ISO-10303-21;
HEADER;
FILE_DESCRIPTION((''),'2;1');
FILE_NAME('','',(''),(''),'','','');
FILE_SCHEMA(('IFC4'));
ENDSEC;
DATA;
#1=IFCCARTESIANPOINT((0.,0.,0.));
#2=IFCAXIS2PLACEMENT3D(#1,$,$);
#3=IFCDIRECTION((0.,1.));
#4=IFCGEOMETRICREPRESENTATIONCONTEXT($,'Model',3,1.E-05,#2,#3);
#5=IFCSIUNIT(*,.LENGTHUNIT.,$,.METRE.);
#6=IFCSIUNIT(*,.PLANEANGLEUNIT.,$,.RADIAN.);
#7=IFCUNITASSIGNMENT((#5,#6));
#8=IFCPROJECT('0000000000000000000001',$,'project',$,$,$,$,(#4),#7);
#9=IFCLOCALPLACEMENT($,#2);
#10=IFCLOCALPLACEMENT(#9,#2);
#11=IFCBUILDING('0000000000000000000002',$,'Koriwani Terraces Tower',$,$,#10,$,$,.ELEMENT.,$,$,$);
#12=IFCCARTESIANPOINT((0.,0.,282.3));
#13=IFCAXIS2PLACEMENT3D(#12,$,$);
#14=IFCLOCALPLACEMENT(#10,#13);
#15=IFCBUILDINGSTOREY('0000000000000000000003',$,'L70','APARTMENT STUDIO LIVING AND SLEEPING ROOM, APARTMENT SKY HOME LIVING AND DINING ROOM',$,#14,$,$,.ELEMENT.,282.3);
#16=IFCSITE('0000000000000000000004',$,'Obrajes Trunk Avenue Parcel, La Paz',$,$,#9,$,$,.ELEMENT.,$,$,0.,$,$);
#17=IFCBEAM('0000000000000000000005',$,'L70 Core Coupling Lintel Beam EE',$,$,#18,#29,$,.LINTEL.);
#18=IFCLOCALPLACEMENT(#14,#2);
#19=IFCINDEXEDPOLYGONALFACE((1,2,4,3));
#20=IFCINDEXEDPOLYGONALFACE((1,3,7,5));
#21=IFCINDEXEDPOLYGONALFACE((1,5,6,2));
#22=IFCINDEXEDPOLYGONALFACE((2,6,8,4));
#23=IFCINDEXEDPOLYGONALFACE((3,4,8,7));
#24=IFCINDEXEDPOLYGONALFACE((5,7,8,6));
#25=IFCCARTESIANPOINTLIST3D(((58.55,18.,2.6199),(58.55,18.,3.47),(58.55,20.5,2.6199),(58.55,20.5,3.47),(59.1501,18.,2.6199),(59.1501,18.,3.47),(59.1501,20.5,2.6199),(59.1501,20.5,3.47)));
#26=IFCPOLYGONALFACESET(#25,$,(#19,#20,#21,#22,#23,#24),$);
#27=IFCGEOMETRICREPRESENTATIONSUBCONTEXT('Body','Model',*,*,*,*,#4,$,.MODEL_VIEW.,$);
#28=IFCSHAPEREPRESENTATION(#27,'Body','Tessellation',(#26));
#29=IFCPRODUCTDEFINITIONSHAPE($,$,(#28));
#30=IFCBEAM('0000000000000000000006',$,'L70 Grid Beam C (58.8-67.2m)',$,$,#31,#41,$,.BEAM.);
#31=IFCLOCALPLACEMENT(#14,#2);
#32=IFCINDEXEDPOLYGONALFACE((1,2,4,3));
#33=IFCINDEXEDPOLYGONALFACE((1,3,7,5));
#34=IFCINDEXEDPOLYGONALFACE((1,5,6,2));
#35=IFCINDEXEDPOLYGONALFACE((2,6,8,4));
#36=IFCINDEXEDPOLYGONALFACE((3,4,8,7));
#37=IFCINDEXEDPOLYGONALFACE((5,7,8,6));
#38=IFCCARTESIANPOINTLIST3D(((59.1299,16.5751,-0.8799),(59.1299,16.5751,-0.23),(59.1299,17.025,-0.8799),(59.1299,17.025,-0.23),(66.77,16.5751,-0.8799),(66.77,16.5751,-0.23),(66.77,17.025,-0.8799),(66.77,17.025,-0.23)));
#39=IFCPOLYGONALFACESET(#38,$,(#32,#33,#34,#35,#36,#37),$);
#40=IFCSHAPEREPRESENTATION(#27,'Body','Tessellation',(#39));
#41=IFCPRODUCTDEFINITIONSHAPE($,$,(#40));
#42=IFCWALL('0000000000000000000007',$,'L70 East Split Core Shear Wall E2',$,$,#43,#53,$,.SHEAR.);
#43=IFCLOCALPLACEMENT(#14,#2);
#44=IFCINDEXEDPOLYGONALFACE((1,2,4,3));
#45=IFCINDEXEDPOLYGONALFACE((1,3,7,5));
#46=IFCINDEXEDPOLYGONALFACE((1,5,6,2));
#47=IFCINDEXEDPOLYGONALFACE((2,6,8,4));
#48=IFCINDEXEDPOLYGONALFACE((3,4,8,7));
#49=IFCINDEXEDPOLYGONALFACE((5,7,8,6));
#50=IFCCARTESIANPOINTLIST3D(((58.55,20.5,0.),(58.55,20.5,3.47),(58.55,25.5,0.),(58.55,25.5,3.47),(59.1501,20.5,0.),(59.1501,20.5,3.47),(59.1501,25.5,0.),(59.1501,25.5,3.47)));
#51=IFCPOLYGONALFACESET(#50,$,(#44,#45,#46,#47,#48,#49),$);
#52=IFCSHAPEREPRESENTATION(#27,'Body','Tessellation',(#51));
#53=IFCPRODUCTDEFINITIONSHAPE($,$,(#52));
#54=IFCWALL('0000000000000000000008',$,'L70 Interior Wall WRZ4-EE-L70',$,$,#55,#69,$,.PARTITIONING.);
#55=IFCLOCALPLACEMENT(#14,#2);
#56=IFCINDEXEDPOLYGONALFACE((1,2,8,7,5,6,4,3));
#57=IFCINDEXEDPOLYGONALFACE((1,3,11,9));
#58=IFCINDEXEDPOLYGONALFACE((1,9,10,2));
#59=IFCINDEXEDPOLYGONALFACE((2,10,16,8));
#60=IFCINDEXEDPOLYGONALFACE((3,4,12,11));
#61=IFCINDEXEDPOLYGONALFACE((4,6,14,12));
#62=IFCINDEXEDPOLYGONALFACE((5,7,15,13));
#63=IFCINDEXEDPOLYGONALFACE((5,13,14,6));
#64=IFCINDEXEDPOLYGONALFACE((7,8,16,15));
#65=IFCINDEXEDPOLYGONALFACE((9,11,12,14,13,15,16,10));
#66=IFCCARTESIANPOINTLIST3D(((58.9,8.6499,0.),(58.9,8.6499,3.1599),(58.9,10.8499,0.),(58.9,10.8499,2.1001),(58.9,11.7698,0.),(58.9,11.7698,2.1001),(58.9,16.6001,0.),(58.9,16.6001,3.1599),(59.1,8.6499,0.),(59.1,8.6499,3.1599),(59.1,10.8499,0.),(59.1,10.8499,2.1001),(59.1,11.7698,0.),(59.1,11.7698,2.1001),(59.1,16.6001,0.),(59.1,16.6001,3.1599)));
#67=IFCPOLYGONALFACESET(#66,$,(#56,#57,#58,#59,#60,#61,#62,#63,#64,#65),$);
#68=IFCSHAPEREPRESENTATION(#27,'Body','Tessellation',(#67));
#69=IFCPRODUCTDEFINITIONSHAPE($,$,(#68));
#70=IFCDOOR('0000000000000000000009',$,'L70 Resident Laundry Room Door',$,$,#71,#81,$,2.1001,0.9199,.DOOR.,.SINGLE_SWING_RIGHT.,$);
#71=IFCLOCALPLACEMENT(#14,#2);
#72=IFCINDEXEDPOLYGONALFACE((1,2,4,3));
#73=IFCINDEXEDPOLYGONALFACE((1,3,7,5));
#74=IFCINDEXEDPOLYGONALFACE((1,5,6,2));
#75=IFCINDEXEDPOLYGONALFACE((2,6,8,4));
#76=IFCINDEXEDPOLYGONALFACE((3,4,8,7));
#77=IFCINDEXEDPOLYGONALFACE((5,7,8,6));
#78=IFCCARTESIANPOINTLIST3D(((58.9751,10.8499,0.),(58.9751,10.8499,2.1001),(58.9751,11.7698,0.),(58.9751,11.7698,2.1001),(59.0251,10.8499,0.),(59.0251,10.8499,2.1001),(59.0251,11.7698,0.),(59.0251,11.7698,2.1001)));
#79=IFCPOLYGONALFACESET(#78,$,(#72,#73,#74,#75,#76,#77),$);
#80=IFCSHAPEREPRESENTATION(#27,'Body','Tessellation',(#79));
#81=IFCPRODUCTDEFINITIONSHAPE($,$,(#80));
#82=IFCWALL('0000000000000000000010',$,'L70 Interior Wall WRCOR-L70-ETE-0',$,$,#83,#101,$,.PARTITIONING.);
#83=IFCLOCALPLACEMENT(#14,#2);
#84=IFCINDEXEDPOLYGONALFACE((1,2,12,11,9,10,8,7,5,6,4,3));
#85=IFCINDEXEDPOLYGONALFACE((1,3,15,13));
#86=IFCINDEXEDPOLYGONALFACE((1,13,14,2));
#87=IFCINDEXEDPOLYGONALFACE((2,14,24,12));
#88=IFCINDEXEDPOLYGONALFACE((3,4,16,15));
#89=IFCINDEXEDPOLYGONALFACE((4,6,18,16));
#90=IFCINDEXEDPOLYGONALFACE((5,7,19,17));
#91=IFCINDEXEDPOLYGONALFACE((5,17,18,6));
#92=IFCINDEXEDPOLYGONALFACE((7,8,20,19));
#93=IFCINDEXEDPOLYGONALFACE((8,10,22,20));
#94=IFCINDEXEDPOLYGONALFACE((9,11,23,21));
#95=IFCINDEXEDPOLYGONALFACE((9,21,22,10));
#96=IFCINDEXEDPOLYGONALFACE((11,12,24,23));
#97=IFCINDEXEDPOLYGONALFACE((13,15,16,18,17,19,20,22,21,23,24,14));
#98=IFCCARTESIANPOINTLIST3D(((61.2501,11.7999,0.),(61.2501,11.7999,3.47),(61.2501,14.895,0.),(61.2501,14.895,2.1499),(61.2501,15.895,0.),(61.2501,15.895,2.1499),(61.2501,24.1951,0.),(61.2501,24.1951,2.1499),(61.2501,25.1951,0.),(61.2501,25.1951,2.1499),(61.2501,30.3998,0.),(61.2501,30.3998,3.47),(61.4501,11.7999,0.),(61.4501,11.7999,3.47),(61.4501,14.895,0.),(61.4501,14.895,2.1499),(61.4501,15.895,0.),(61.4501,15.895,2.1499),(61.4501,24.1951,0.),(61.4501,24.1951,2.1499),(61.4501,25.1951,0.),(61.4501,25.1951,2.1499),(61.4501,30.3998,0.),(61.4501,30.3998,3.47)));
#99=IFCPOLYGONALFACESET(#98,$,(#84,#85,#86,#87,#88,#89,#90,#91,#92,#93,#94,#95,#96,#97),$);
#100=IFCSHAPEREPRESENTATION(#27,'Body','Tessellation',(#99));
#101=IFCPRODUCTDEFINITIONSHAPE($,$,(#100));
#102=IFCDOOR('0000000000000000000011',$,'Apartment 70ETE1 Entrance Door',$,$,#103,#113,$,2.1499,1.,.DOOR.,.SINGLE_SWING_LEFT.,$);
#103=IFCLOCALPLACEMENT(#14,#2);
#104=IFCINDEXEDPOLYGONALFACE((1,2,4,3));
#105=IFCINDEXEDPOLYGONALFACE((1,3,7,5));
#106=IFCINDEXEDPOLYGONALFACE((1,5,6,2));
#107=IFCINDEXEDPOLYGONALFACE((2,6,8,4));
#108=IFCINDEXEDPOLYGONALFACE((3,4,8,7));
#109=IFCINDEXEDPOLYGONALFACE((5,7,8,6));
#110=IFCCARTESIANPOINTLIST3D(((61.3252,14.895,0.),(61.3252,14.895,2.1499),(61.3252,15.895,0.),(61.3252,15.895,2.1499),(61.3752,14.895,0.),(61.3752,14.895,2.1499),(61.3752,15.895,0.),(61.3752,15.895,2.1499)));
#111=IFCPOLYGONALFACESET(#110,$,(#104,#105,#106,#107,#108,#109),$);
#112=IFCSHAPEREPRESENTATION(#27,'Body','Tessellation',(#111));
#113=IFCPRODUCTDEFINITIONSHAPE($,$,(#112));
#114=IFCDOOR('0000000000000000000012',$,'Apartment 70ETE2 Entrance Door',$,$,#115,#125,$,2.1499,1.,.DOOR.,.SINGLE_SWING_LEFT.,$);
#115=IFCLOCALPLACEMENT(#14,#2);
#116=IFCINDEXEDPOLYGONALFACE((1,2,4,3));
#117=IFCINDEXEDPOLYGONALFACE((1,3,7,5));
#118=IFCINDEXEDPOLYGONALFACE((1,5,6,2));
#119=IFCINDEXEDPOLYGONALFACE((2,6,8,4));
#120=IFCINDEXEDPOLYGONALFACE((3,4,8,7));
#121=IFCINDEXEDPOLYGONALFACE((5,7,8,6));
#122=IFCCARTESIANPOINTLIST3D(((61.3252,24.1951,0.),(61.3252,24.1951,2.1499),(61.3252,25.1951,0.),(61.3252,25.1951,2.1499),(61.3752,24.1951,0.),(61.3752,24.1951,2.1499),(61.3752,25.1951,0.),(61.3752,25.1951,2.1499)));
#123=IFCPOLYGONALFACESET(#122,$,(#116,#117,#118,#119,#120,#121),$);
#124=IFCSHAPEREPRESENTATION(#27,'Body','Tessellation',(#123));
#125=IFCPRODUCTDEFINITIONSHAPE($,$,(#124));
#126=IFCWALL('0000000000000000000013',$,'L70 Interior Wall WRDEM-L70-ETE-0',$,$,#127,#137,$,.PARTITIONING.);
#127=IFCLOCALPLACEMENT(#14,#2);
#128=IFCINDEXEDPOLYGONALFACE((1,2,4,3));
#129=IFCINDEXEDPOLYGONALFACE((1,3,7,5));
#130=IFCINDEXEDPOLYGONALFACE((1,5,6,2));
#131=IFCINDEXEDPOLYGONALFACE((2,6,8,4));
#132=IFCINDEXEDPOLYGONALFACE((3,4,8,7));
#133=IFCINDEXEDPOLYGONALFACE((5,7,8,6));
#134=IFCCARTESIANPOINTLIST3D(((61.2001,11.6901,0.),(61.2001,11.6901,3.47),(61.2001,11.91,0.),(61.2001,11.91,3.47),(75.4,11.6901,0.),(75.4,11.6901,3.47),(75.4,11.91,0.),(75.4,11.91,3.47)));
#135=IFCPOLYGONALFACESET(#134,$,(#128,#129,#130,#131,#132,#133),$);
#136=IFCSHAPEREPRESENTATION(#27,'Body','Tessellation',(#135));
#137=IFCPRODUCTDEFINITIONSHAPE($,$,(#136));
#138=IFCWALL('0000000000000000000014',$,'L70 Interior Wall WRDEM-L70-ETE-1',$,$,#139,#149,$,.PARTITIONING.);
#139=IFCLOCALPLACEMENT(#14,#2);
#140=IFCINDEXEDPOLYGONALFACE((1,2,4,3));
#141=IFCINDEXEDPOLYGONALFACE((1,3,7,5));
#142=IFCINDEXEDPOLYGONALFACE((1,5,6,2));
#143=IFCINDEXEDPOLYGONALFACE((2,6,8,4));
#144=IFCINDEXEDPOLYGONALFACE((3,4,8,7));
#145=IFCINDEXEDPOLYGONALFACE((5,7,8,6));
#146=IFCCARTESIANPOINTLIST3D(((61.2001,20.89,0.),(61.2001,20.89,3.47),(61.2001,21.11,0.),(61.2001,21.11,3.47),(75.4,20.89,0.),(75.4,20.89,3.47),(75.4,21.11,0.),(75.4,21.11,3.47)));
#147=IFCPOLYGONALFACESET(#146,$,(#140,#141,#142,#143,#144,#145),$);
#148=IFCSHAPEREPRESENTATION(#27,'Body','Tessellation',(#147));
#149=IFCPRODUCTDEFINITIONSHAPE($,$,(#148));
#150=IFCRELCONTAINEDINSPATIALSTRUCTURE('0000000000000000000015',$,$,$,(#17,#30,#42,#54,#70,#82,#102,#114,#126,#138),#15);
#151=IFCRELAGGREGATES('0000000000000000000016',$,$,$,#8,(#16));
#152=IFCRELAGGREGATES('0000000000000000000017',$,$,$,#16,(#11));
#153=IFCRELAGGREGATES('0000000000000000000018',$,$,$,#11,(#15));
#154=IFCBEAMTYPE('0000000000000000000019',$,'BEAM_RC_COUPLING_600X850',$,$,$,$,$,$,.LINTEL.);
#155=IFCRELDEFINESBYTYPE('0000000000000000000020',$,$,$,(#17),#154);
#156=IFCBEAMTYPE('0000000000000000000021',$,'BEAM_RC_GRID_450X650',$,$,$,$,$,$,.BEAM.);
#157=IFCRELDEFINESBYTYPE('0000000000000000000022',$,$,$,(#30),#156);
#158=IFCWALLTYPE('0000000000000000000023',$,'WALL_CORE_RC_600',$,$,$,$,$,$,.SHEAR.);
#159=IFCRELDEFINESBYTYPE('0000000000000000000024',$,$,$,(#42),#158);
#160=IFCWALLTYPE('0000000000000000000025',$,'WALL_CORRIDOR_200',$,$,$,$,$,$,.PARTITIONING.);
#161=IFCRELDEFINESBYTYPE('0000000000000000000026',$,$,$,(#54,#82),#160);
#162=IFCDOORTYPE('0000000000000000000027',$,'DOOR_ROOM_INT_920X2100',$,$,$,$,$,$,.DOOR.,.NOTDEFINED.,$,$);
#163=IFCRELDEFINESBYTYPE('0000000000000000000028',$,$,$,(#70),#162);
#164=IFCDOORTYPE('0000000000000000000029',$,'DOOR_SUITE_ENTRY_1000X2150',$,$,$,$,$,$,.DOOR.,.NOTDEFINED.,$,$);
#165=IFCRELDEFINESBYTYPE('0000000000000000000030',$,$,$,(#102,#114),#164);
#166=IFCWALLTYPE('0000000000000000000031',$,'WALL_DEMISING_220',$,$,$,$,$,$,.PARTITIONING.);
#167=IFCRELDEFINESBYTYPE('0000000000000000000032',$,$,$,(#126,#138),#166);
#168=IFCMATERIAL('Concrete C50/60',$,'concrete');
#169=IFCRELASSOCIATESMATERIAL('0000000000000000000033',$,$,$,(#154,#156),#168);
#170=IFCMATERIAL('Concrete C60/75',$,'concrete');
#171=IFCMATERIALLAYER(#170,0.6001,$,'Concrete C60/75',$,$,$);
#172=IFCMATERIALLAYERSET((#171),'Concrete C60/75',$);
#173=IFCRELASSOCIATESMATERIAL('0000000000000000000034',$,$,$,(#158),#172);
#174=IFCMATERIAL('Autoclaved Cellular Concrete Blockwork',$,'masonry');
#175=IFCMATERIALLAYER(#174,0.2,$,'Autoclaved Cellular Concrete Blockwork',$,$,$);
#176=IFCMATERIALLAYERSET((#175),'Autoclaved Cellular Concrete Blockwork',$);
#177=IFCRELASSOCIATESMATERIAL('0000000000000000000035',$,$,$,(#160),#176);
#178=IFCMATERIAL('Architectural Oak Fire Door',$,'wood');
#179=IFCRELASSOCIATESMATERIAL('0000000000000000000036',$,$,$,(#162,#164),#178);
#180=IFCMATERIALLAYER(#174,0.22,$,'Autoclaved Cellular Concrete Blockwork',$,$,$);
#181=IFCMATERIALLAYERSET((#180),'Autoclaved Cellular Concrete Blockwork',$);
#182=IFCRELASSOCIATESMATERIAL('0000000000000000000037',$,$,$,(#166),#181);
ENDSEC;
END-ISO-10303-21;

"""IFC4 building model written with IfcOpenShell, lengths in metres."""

from ifc_helpers import new_model, si_unit, direction, frame, frame_2d, origin, origin_2d, place, context, subcontext, project, spatial, rectangle, extrude, material, layer, layer_set, material_profile, profile_set, type_object, element, fill, save


model = new_model("IFC4")

# Units and contexts
model_context = context("Model", 3, precision=1e-05, world=origin(), true_north=direction((0.0, 1.0)))
body_context = subcontext(model_context, "Body", "Model", "MODEL_VIEW")
ifc_project = project(units=[si_unit("LENGTHUNIT", "METRE"), si_unit("PLANEANGLEUNIT", "RADIAN")], contexts=[model_context])

# Site, building, storey
site_placement = place(None, origin())
site = spatial("IfcSite", under=ifc_project, at=site_placement, Name="Obrajes Trunk Avenue Parcel, La Paz", CompositionType="ELEMENT", RefElevation=0.0)
building_placement = place(site_placement, origin())
building = spatial("IfcBuilding", under=site, at=building_placement, Name="Koriwani Terraces Tower", CompositionType="ELEMENT")
storey_placement = place(building_placement, frame((0.0, 0.0, 282.3)))
storey = spatial("IfcBuildingStorey", under=building, at=storey_placement, Name="L70", Description="APARTMENT STUDIO LIVING AND SLEEPING ROOM, APARTMENT SKY HOME LIVING AND DINING ROOM", CompositionType="ELEMENT", Elevation=282.3)

# Beams
ifc_material_1 = material(Name="Concrete C50/60", Category="concrete")
ifc_material_profile_1 = material_profile(ifc_material_1, rectangle(XDim=0.6001, YDim=0.8501, at=origin_2d()), Name="Concrete C50/60", Category="LoadBearing")
ifc_profile_set_1 = profile_set([ifc_material_profile_1], Name="Concrete C50/60")
beam_type_1 = type_object("IfcBeamType", Name="BEAM_RC_COUPLING_600X850", PredefinedType="LINTEL", material=ifc_profile_set_1)
beam_1_placement = place(storey_placement, frame((58.8501, 18.0, 3.0449), z_axis=(0.0, 1.0, 0.0), x_axis=(-1.0, 0.0, 0.0)))
element("IfcBeam", 1, at=beam_1_placement, inside=storey, type_object=beam_type_1, Name="L70 Core Coupling Lintel Beam EE", PredefinedType="LINTEL", context=body_context, shape_type="SweptSolid", body=[
    extrude(rectangle(XDim=0.6001, YDim=0.8501, at=origin_2d()), origin(), (0.0, 0.0, 1.0), 2.5),
])
ifc_material_profile_2 = material_profile(ifc_material_1, rectangle(XDim=0.45, YDim=0.6499, at=origin_2d()), Name="Concrete C50/60", Category="LoadBearing")
ifc_profile_set_2 = profile_set([ifc_material_profile_2], Name="Concrete C50/60")
beam_type_2 = type_object("IfcBeamType", Name="BEAM_RC_GRID_450X650", PredefinedType="BEAM", material=ifc_profile_set_2)
beam_2_placement = place(storey_placement, frame((59.1299, 16.8, -0.5549), z_axis=(1.0, 0.0, 0.0), x_axis=(0.0, 1.0, 0.0)))
element("IfcBeam", 2, at=beam_2_placement, inside=storey, type_object=beam_type_2, Name="L70 Grid Beam C (58.8-67.2m)", PredefinedType="BEAM", context=body_context, shape_type="SweptSolid", body=[
    extrude(rectangle(XDim=0.45, YDim=0.6499, at=origin_2d()), origin(), (0.0, 0.0, 1.0), 7.6401),
])

# Wall
ifc_material_2 = material(Name="Concrete C60/75", Category="concrete")
ifc_layer_1 = layer(ifc_material_2, 0.6001, Name="Concrete C60/75")
ifc_layer_set_1 = layer_set([ifc_layer_1], Name="Concrete C60/75")
wall_type_1 = type_object("IfcWallType", Name="WALL_CORE_RC_600", PredefinedType="SHEAR", material=ifc_layer_set_1)
wall_1_placement = place(storey_placement, frame((58.8501, 20.5, 0.0), z_axis=(0.0, 0.0, 1.0), x_axis=(0.0, 1.0, 0.0)))
element("IfcWall", 3, at=wall_1_placement, inside=storey, type_object=wall_type_1, Name="L70 East Split Core Shear Wall E2", PredefinedType="SHEAR", context=body_context, shape_type="SweptSolid", body=[
    extrude(rectangle(XDim=5.0, YDim=0.6001, at=frame_2d((2.5, 0.0))), origin(), (0.0, 0.0, 1.0), 3.47),
])

# Wall, opening, door
ifc_material_3 = material(Name="Autoclaved Cellular Concrete Blockwork", Category="masonry")
ifc_layer_2 = layer(ifc_material_3, 0.2, Name="Autoclaved Cellular Concrete Blockwork")
ifc_layer_set_2 = layer_set([ifc_layer_2], Name="Autoclaved Cellular Concrete Blockwork")
wall_type_2 = type_object("IfcWallType", Name="WALL_CORRIDOR_200", PredefinedType="PARTITIONING", material=ifc_layer_set_2)
wall_2_placement = place(storey_placement, frame((59.0, 8.6499, 0.0), z_axis=(0.0, 0.0, 1.0), x_axis=(0.0, 1.0, 0.0)))
wall_2 = element("IfcWall", 4, at=wall_2_placement, inside=storey, type_object=wall_type_2, Name="L70 Interior Wall WRZ4-EE-L70", PredefinedType="PARTITIONING", context=body_context, shape_type="SweptSolid", body=[
    extrude(rectangle(XDim=7.9502, YDim=0.2, at=frame_2d((3.9751, 0.0))), origin(), (0.0, 0.0, 1.0), 3.1599),
])
opening_1_placement = place(wall_2_placement, frame((2.2, 0.0, 0.0)))
opening_1 = element("IfcOpeningElement", 5, at=opening_1_placement, cuts=wall_2, PredefinedType="OPENING", context=body_context, shape_type="SweptSolid", body=[
    extrude(rectangle(XDim=0.9199, YDim=2.1001, at=frame_2d((0.46, 1.05))), frame((0.0, 0.1099, 0.0), z_axis=(0.0, -1.0, 0.0), x_axis=(1.0, 0.0, 0.0)), (0.0, 0.0, 1.0), 0.22),
])
ifc_material_4 = material(Name="Architectural Oak Fire Door", Category="wood")
door_type_1 = type_object("IfcDoorType", Name="DOOR_ROOM_INT_920X2100", OperationType="NOTDEFINED", PredefinedType="DOOR", material=ifc_material_4)
door_1_placement = place(opening_1_placement, origin())
door_1 = element("IfcDoor", 6, at=door_1_placement, inside=storey, type_object=door_type_1, Name="L70 Resident Laundry Room Door", OperationType="SINGLE_SWING_RIGHT", OverallHeight=2.1001, OverallWidth=0.9199, PredefinedType="DOOR", context=body_context, shape_type="SweptSolid", body=[
    extrude(rectangle(XDim=0.9199, YDim=2.1001, at=frame_2d((0.46, 1.05))), frame((0.0, 0.0249, 0.0), z_axis=(0.0, -1.0, 0.0), x_axis=(1.0, 0.0, 0.0)), (0.0, 0.0, 1.0), 0.05),
])
fill(opening_1, door_1)

# Wall, openings, doors
wall_3_placement = place(storey_placement, frame((61.3501, 11.8, 0.0), z_axis=(0.0, 0.0, 1.0), x_axis=(0.0, 1.0, 0.0)))
wall_3 = element("IfcWall", 7, at=wall_3_placement, inside=storey, type_object=wall_type_2, Name="L70 Interior Wall WRCOR-L70-ETE-0", PredefinedType="PARTITIONING", context=body_context, shape_type="SweptSolid", body=[
    extrude(rectangle(XDim=18.5999, YDim=0.2, at=frame_2d((9.2998, 0.0))), origin(), (0.0, 0.0, 1.0), 3.47),
])
opening_2_placement = place(wall_3_placement, frame((3.095, 0.0, 0.0)))
opening_2 = element("IfcOpeningElement", 8, at=opening_2_placement, cuts=wall_3, PredefinedType="OPENING", context=body_context, shape_type="SweptSolid", body=[
    extrude(rectangle(XDim=1.0, YDim=2.1499, at=frame_2d((0.5, 1.075))), frame((0.0, 0.1099, 0.0), z_axis=(0.0, -1.0, 0.0), x_axis=(1.0, 0.0, 0.0)), (0.0, 0.0, 1.0), 0.22),
])
opening_3_placement = place(wall_3_placement, frame((12.395, 0.0, 0.0)))
opening_3 = element("IfcOpeningElement", 9, at=opening_3_placement, cuts=wall_3, PredefinedType="OPENING", context=body_context, shape_type="SweptSolid", body=[
    extrude(rectangle(XDim=1.0, YDim=2.1499, at=frame_2d((0.5, 1.075))), frame((0.0, 0.1099, 0.0), z_axis=(0.0, -1.0, 0.0), x_axis=(1.0, 0.0, 0.0)), (0.0, 0.0, 1.0), 0.22),
])
door_type_2 = type_object("IfcDoorType", Name="DOOR_SUITE_ENTRY_1000X2150", OperationType="NOTDEFINED", PredefinedType="DOOR", material=ifc_material_4)
door_2_placement = place(opening_2_placement, origin())
door_2 = element("IfcDoor", 10, at=door_2_placement, inside=storey, type_object=door_type_2, Name="Apartment 70ETE1 Entrance Door", OperationType="SINGLE_SWING_LEFT", OverallHeight=2.1499, OverallWidth=1.0, PredefinedType="DOOR", context=body_context, shape_type="SweptSolid", body=[
    extrude(rectangle(XDim=1.0, YDim=2.1499, at=frame_2d((0.5, 1.075))), frame((0.0, 0.0249, 0.0), z_axis=(0.0, -1.0, 0.0), x_axis=(1.0, 0.0, 0.0)), (0.0, 0.0, 1.0), 0.05),
])
fill(opening_2, door_2)
door_3_placement = place(opening_3_placement, origin())
door_3 = element("IfcDoor", 11, at=door_3_placement, inside=storey, type_object=door_type_2, Name="Apartment 70ETE2 Entrance Door", OperationType="SINGLE_SWING_LEFT", OverallHeight=2.1499, OverallWidth=1.0, PredefinedType="DOOR", context=body_context, shape_type="SweptSolid", body=[
    extrude(rectangle(XDim=1.0, YDim=2.1499, at=frame_2d((0.5, 1.075))), frame((0.0, 0.0249, 0.0), z_axis=(0.0, -1.0, 0.0), x_axis=(1.0, 0.0, 0.0)), (0.0, 0.0, 1.0), 0.05),
])
fill(opening_3, door_3)

# Walls
ifc_layer_3 = layer(ifc_material_3, 0.22, Name="Autoclaved Cellular Concrete Blockwork")
ifc_layer_set_3 = layer_set([ifc_layer_3], Name="Autoclaved Cellular Concrete Blockwork")
wall_type_3 = type_object("IfcWallType", Name="WALL_DEMISING_220", PredefinedType="PARTITIONING", material=ifc_layer_set_3)
for number, where, z_axis, x_axis, name in (
    (12, (61.2, 11.8, 0.0), (0.0, 0.0, 1.0), (1.0, 0.0, 0.0), "L70 Interior Wall WRDEM-L70-ETE-0"),
    (13, (61.2, 21.0, 0.0), (0.0, 0.0, 1.0), (1.0, 0.0, 0.0), "L70 Interior Wall WRDEM-L70-ETE-1"),
):
    element("IfcWall", number, at=place(storey_placement, frame(where, z_axis=z_axis, x_axis=x_axis)), inside=storey, type_object=wall_type_3, Name=name, PredefinedType="PARTITIONING", context=body_context, shape_type="SweptSolid", body=[
        extrude(rectangle(XDim=14.2, YDim=0.22, at=frame_2d((7.1001, 0.0))), origin(), (0.0, 0.0, 1.0), 3.47),
    ])

save(model, "model.ifc")
